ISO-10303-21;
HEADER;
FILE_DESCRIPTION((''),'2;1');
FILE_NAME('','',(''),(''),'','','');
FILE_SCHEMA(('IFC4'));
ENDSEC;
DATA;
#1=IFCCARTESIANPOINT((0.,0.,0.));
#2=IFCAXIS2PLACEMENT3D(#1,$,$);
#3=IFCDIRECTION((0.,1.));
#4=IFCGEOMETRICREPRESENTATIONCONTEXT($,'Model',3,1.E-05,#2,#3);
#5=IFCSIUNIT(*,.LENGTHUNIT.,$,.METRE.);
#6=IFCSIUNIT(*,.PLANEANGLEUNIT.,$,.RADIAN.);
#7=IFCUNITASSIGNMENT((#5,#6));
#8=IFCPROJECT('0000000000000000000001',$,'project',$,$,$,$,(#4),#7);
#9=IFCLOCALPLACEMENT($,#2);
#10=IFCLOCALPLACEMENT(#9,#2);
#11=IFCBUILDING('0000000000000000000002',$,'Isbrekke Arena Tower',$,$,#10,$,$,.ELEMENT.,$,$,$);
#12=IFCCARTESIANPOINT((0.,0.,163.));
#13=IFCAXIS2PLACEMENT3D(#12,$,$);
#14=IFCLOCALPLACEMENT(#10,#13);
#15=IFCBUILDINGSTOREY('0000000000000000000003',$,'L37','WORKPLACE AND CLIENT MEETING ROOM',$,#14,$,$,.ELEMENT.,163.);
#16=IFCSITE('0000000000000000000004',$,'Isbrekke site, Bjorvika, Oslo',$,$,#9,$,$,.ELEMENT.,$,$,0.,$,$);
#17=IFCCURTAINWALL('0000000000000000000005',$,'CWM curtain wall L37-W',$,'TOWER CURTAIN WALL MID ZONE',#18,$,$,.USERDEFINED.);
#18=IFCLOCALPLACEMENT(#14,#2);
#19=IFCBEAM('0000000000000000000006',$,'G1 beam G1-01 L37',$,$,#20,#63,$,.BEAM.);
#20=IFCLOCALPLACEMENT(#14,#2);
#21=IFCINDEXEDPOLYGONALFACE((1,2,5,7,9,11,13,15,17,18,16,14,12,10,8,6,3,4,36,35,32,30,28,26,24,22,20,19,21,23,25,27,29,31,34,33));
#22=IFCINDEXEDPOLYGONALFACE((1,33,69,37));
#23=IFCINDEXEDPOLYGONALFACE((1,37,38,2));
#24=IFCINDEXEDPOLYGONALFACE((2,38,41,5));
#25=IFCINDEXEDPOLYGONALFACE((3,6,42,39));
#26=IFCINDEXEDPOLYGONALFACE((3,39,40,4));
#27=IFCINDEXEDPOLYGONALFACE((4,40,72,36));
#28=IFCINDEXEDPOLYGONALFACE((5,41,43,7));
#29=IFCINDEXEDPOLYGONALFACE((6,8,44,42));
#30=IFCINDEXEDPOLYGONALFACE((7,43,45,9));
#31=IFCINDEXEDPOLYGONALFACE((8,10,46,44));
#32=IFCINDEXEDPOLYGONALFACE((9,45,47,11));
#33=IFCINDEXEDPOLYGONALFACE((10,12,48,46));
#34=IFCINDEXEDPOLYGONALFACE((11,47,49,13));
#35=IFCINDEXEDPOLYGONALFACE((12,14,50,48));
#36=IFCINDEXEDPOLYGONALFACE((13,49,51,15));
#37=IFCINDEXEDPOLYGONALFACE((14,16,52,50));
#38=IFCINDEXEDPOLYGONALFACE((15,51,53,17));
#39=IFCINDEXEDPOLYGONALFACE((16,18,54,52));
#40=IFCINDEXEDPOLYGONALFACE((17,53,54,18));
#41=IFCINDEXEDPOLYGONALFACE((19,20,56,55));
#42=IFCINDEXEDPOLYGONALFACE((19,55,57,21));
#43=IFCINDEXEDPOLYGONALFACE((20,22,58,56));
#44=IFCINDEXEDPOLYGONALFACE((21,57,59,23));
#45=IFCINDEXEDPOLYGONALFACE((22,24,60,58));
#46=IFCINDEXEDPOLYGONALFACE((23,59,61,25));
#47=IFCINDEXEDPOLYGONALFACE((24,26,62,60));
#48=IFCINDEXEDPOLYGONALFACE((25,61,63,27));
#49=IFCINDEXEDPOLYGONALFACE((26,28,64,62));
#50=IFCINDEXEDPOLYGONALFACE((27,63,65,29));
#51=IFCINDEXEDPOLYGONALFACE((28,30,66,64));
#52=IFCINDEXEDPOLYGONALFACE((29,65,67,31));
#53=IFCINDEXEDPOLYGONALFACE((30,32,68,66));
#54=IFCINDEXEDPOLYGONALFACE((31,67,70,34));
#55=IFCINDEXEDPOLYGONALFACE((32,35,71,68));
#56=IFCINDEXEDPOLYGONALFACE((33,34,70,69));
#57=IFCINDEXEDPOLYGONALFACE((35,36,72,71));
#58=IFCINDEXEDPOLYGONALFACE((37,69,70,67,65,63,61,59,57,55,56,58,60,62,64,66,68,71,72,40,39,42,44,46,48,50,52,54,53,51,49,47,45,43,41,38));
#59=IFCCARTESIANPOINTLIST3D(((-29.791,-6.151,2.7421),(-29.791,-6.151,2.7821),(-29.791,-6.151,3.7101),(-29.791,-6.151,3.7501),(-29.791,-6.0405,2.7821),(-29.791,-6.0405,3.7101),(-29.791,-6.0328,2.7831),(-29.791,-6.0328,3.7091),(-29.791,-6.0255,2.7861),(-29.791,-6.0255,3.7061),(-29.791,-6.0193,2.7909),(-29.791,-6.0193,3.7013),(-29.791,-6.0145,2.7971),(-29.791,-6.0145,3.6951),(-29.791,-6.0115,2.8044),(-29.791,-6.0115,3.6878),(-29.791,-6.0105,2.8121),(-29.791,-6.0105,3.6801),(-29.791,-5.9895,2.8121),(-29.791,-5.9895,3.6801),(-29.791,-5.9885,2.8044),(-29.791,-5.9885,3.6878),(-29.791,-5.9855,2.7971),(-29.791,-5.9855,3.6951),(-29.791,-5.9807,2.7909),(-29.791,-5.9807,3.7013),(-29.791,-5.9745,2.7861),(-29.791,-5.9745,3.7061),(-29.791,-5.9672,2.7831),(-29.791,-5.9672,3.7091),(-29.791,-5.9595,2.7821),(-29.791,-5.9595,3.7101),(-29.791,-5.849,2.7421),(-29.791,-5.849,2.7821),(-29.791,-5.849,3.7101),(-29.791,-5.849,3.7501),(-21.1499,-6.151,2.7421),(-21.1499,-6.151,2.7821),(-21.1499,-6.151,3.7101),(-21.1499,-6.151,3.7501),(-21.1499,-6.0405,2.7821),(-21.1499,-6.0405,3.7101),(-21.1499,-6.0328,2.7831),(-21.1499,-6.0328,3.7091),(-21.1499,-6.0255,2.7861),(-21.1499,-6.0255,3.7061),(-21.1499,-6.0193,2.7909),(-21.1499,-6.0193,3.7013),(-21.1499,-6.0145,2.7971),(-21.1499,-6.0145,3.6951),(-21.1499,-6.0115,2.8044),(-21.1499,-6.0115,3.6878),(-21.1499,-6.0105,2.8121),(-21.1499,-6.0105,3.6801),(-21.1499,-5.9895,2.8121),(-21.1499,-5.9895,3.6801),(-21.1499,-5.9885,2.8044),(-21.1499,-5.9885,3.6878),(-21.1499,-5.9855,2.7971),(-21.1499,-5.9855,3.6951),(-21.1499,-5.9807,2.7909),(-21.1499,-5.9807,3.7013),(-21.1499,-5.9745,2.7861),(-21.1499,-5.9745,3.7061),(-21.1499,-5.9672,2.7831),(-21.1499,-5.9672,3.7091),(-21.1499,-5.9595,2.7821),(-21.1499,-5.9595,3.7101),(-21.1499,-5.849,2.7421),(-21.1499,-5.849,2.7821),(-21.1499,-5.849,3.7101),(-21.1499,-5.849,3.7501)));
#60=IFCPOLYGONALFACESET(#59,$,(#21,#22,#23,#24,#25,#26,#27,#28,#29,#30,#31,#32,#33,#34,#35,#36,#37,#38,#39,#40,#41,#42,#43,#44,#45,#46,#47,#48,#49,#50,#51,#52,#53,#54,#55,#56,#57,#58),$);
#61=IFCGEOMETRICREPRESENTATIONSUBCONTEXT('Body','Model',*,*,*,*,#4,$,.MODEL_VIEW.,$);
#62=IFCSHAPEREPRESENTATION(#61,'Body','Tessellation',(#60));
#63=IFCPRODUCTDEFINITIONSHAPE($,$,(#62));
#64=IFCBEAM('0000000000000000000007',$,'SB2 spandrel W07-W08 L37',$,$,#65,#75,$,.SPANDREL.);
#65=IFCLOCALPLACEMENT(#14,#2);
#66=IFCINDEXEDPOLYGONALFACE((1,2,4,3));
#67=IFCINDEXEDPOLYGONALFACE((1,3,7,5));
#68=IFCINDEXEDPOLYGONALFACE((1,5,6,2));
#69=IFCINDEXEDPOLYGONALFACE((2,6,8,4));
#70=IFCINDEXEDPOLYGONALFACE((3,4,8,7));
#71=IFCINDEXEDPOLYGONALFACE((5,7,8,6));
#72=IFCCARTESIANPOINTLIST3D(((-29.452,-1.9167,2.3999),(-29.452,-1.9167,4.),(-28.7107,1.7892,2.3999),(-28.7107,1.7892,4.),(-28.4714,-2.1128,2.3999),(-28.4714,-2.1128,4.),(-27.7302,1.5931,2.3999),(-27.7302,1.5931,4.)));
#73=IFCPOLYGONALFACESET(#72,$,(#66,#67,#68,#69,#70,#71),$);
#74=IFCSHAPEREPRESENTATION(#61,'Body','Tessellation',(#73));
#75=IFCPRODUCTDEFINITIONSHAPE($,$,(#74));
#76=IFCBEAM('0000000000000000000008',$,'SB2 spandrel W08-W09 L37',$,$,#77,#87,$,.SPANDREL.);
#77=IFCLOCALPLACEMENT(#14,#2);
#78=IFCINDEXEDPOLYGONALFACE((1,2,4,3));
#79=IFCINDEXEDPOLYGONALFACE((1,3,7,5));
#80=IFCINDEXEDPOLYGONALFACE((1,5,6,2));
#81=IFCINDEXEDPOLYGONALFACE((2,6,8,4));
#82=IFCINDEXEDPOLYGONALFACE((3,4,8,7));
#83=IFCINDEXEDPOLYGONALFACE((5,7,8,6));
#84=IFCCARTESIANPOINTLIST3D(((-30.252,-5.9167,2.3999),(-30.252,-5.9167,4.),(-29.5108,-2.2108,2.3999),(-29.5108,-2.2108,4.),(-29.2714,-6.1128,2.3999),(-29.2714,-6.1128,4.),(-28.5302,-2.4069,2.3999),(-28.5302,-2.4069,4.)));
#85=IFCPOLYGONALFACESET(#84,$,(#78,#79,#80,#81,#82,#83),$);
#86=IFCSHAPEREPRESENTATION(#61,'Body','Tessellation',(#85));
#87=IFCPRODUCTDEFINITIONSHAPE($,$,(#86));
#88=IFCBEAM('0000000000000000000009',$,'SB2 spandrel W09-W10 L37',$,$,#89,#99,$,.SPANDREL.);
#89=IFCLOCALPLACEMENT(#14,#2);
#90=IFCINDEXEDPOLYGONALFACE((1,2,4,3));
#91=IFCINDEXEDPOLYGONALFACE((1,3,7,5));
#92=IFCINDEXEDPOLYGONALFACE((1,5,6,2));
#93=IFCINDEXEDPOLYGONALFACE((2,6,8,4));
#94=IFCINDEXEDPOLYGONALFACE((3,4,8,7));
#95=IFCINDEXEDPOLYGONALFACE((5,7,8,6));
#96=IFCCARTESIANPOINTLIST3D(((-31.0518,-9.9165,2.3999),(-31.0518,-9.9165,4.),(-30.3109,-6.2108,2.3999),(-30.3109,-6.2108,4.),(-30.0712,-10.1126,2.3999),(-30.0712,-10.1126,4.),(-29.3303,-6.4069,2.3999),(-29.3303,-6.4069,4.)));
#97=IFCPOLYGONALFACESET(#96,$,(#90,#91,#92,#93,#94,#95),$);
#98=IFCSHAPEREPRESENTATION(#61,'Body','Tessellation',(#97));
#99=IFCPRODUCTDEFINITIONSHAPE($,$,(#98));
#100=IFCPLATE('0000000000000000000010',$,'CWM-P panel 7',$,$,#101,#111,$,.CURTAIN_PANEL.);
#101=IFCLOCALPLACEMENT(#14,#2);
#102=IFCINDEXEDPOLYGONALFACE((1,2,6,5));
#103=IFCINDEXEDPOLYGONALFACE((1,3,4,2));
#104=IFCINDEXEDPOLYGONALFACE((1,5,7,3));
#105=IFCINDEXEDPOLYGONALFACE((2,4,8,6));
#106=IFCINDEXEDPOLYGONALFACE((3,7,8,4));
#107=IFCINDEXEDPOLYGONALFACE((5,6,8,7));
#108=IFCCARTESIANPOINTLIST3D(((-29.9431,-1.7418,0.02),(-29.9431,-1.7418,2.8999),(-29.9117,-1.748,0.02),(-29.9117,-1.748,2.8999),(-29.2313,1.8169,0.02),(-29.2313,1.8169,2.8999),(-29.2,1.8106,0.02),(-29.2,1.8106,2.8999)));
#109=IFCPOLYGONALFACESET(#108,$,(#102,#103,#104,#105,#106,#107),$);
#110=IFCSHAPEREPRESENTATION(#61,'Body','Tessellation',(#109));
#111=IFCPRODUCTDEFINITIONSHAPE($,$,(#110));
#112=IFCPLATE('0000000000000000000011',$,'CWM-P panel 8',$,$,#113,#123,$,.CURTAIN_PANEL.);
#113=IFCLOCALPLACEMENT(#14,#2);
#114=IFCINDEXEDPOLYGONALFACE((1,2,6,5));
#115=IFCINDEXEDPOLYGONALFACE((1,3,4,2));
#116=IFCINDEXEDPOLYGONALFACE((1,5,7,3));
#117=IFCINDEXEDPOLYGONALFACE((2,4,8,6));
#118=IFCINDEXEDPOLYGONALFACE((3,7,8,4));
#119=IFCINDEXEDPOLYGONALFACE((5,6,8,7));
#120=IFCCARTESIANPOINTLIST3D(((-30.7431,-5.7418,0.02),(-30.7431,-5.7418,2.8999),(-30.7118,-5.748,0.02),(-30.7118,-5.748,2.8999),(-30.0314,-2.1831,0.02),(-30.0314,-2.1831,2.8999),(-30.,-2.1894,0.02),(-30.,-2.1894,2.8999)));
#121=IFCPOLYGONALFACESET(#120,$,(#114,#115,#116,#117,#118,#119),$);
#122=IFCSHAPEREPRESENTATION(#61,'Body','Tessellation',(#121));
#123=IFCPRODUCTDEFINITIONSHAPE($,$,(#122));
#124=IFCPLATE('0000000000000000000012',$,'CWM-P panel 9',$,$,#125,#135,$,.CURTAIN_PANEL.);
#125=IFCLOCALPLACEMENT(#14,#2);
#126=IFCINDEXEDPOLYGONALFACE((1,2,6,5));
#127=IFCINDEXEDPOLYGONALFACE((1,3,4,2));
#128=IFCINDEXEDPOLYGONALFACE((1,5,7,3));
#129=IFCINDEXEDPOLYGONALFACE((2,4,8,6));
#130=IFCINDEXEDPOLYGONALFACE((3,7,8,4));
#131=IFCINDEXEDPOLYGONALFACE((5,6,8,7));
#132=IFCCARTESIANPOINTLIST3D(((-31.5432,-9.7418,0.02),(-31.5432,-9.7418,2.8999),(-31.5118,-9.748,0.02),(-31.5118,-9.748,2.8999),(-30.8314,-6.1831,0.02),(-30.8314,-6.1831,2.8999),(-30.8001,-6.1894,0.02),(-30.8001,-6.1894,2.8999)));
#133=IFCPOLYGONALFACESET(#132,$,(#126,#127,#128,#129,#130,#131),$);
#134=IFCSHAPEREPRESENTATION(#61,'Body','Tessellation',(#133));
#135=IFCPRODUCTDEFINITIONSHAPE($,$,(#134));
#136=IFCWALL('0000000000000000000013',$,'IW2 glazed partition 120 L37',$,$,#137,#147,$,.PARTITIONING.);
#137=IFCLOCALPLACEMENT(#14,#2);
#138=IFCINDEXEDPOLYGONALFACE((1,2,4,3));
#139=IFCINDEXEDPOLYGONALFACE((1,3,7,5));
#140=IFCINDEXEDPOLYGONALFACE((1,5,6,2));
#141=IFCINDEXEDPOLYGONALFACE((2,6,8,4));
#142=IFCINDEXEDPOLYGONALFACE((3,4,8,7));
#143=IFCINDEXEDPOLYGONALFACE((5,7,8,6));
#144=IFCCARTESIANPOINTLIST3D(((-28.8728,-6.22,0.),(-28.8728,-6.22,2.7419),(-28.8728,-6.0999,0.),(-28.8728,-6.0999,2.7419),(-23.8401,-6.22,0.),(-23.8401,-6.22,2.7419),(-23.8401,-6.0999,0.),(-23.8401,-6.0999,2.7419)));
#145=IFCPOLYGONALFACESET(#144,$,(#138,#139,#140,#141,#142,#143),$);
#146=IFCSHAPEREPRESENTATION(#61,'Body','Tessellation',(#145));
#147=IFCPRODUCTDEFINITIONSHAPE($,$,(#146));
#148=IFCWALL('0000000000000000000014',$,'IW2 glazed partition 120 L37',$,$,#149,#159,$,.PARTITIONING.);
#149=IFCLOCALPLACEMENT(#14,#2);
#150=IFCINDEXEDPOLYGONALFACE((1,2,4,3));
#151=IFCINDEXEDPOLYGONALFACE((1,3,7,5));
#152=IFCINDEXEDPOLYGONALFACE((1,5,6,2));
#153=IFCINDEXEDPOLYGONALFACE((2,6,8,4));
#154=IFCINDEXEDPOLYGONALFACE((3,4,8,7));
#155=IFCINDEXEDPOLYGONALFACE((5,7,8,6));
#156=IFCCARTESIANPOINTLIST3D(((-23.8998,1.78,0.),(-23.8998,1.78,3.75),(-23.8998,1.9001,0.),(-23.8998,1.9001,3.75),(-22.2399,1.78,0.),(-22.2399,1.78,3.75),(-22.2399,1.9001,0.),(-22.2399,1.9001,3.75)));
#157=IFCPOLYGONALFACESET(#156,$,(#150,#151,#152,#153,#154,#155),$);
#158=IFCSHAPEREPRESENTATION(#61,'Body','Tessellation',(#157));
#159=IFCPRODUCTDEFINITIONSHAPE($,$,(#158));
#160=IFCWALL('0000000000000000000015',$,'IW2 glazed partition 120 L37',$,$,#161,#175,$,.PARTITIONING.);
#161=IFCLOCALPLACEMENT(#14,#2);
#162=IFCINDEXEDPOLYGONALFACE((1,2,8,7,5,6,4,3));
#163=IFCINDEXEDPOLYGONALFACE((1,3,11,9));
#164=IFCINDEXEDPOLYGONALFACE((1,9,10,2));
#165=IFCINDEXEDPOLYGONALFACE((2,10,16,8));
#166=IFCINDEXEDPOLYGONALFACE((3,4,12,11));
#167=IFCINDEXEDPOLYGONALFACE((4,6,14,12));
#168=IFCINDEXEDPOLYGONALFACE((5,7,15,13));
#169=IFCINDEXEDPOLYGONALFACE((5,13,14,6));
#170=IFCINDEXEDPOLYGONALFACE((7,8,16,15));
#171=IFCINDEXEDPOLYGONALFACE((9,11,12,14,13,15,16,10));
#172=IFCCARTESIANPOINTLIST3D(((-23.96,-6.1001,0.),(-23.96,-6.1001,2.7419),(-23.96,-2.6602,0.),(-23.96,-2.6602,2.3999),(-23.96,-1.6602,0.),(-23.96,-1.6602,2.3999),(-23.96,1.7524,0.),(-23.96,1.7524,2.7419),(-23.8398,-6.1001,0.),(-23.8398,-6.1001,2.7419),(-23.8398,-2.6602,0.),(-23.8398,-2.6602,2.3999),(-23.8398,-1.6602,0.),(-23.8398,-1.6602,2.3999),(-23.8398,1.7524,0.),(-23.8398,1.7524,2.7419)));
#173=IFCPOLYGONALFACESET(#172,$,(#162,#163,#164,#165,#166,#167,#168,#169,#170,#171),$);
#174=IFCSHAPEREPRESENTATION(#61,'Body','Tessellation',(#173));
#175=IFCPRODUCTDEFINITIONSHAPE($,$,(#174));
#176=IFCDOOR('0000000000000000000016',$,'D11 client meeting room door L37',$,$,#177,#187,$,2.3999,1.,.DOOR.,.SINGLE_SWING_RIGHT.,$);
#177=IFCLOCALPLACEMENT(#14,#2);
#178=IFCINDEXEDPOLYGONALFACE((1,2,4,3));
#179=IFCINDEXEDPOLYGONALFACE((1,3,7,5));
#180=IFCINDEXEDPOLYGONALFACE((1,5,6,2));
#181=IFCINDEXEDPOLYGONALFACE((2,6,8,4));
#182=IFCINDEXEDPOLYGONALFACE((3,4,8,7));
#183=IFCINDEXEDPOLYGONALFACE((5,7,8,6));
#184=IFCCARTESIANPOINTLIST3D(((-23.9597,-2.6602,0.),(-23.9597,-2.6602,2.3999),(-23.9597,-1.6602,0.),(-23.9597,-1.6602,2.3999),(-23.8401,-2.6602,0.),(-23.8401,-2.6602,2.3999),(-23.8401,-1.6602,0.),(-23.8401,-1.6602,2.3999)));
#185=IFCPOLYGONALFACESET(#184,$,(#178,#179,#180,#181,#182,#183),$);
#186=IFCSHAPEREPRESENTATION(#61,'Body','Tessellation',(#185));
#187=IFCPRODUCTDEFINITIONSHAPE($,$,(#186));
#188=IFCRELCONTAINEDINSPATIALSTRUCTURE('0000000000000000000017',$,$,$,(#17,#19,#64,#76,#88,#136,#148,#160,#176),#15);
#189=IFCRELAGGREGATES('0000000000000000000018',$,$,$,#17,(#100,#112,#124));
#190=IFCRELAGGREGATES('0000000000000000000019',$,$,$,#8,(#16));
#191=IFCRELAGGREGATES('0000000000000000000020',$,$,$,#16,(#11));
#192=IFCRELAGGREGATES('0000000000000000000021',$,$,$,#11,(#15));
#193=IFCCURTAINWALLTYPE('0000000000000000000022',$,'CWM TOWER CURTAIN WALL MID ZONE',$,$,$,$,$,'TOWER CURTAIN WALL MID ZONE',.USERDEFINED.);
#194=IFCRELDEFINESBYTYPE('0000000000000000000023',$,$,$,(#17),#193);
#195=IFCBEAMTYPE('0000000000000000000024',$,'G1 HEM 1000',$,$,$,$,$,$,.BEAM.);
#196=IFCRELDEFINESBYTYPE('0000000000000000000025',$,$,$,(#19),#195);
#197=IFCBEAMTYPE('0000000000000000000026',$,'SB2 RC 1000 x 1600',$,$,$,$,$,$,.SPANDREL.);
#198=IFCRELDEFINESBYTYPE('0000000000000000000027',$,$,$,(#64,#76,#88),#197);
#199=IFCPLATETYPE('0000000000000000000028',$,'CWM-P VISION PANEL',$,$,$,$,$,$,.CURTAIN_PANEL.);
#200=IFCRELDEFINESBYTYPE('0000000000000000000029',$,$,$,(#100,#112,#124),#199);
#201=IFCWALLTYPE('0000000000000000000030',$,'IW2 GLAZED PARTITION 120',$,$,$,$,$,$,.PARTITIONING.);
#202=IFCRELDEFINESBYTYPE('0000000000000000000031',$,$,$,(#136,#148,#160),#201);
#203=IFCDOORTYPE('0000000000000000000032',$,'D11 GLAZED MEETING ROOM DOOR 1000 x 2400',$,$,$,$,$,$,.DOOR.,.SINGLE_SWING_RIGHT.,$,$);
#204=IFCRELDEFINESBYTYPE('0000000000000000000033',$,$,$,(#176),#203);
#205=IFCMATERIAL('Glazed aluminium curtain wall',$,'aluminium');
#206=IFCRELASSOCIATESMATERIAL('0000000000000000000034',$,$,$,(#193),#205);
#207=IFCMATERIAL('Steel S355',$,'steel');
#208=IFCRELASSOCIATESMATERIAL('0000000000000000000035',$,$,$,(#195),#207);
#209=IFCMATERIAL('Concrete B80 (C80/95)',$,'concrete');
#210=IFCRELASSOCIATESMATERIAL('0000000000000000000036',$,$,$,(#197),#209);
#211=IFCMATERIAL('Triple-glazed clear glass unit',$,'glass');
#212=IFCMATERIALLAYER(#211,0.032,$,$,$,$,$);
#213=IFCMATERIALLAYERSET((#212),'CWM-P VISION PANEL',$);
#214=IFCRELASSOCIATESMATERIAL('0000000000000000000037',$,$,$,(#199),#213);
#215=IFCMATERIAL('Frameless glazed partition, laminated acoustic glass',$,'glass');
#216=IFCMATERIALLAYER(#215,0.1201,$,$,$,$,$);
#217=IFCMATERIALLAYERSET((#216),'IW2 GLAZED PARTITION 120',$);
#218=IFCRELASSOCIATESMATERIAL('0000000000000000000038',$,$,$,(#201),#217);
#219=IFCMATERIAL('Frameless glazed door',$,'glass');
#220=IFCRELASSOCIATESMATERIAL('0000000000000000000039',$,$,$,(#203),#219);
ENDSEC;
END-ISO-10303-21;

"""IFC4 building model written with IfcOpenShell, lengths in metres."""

from ifc_helpers import new_model, si_unit, direction, frame, frame_2d, origin, origin_2d, place, context, subcontext, project, spatial, rectangle, i_section, extrude, material, layer, layer_set, material_profile, profile_set, type_object, element, fill, aggregate, save


model = new_model("IFC4")

# Units and contexts
model_context = context("Model", 3, precision=1e-05, world=origin(), true_north=direction((0.0, 1.0)))
body_context = subcontext(model_context, "Body", "Model", "MODEL_VIEW")
ifc_project = project(units=[si_unit("LENGTHUNIT", "METRE"), si_unit("PLANEANGLEUNIT", "RADIAN")], contexts=[model_context])

# Site, building, storey
site_placement = place(None, origin())
site = spatial("IfcSite", under=ifc_project, at=site_placement, Name="Isbrekke site, Bjorvika, Oslo", CompositionType="ELEMENT", RefElevation=0.0)
building_placement = place(site_placement, origin())
building = spatial("IfcBuilding", under=site, at=building_placement, Name="Isbrekke Arena Tower", CompositionType="ELEMENT")
storey_placement = place(building_placement, frame((0.0, 0.0, 163.0)))
storey = spatial("IfcBuildingStorey", under=building, at=storey_placement, Name="L37", Description="WORKPLACE AND CLIENT MEETING ROOM", CompositionType="ELEMENT", Elevation=163.0)

# Curtain wall
ifc_material_1 = material(Name="Glazed aluminium curtain wall", Category="aluminium")
curtain_wall_type = type_object("IfcCurtainWallType", Name="CWM TOWER CURTAIN WALL MID ZONE", ElementType="TOWER CURTAIN WALL MID ZONE", PredefinedType="USERDEFINED", material=ifc_material_1)
curtain_wall_placement = place(storey_placement, origin())
curtain_wall = element("IfcCurtainWall", 1, at=curtain_wall_placement, inside=storey, type_object=curtain_wall_type, Name="CWM curtain wall L37-W", ObjectType="TOWER CURTAIN WALL MID ZONE", PredefinedType="USERDEFINED")

# Beams
ifc_material_2 = material(Name="Steel S355", Category="steel")
ifc_material_profile_1 = material_profile(ifc_material_2, i_section(OverallWidth=0.302, OverallDepth=1.0081, WebThickness=0.021, FlangeThickness=0.04, FilletRadius=0.03, at=origin_2d()), Name="HEM 1000")
ifc_profile_set_1 = profile_set([ifc_material_profile_1], Name="Steel S355")
beam_type_1 = type_object("IfcBeamType", Name="G1 HEM 1000", PredefinedType="BEAM", material=ifc_profile_set_1)
beam_1_placement = place(storey_placement, frame((-29.791, -6.0, 3.2461), z_axis=(1.0, 0.0, 0.0), x_axis=(0.0, 1.0, 0.0)))
element("IfcBeam", 2, at=beam_1_placement, inside=storey, type_object=beam_type_1, Name="G1 beam G1-01 L37", PredefinedType="BEAM", context=body_context, shape_type="SweptSolid", body=[
    extrude(i_section(OverallWidth=0.302, OverallDepth=1.0081, WebThickness=0.021, FlangeThickness=0.04, FilletRadius=0.03, at=origin_2d()), origin(), (0.0, 0.0, 1.0), 8.6411),
])
ifc_material_3 = material(Name="Concrete B80 (C80/95)", Category="concrete")
ifc_material_profile_2 = material_profile(ifc_material_3, rectangle(XDim=1.0, YDim=1.6001, at=origin_2d()), Name="RC 1000x1600")
ifc_profile_set_2 = profile_set([ifc_material_profile_2], Name="Concrete B80 (C80/95)")
beam_type_2 = type_object("IfcBeamType", Name="SB2 RC 1000 x 1600", PredefinedType="SPANDREL", material=ifc_profile_set_2)
for number, where, z_axis, x_axis, name in (
    (3, (-28.2205, 1.6912, 3.2), (-0.196129, -0.980578, 0.0), (0.980578, -0.196129, 0.0), "SB2 spandrel W07-W08 L37"),
    (4, (-29.0205, -2.3088, 3.2), (-0.196129, -0.980578, 0.0), (0.980578, -0.196129, 0.0), "SB2 spandrel W08-W09 L37"),
):
    element("IfcBeam", number, at=place(storey_placement, frame(where, z_axis=z_axis, x_axis=x_axis)), inside=storey, type_object=beam_type_2, Name=name, PredefinedType="SPANDREL", context=body_context, shape_type="SweptSolid", body=[
        extrude(rectangle(XDim=1.0, YDim=1.6001, at=origin_2d()), origin(), (0.0, 0.0, 1.0), 3.7793),
    ])
beam_2_placement = place(storey_placement, frame((-29.8206, -6.3088, 3.2), z_axis=(-0.196066, -0.980591, 0.0), x_axis=(0.980591, -0.196066, 0.0)))
element("IfcBeam", 5, at=beam_2_placement, inside=storey, type_object=beam_type_2, Name="SB2 spandrel W09-W10 L37", PredefinedType="SPANDREL", context=body_context, shape_type="SweptSolid", body=[
    extrude(rectangle(XDim=1.0, YDim=1.6001, at=origin_2d()), origin(), (0.0, 0.0, 1.0), 3.7791),
])

# Plates
ifc_material_4 = material(Name="Triple-glazed clear glass unit", Category="glass")
ifc_layer_1 = layer(ifc_material_4, 0.032)
ifc_layer_set_1 = layer_set([ifc_layer_1], Name="CWM-P VISION PANEL")
plate_type = type_object("IfcPlateType", Name="CWM-P VISION PANEL", PredefinedType="CURTAIN_PANEL", material=ifc_layer_set_1)
plate_1_placement = place(storey_placement, frame((-29.5715, 0.0344, 0.02), z_axis=(0.0, 0.0, 1.0), x_axis=(-0.196116, -0.980581, 0.0)))
plate_1 = element("IfcPlate", 6, at=plate_1_placement, type_object=plate_type, Name="CWM-P panel 7", PredefinedType="CURTAIN_PANEL", context=body_context, shape_type="SweptSolid", body=[
    extrude(rectangle(XDim=3.6292, YDim=0.032, at=origin_2d()), origin(), (0.0, 0.0, 1.0), 2.8799),
])
plate_2_placement = place(storey_placement, frame((-30.3716, -3.9656, 0.02), z_axis=(0.0, 0.0, 1.0), x_axis=(-0.196116, -0.980581, 0.0)))
plate_2 = element("IfcPlate", 7, at=plate_2_placement, type_object=plate_type, Name="CWM-P panel 8", PredefinedType="CURTAIN_PANEL", context=body_context, shape_type="SweptSolid", body=[
    extrude(rectangle(XDim=3.6292, YDim=0.032, at=origin_2d()), origin(), (0.0, 0.0, 1.0), 2.8799),
])
plate_3_placement = place(storey_placement, frame((-31.1716, -7.9656, 0.02), z_axis=(0.0, 0.0, 1.0), x_axis=(-0.196116, -0.980581, 0.0)))
plate_3 = element("IfcPlate", 8, at=plate_3_placement, type_object=plate_type, Name="CWM-P panel 9", PredefinedType="CURTAIN_PANEL", context=body_context, shape_type="SweptSolid", body=[
    extrude(rectangle(XDim=3.6292, YDim=0.032, at=origin_2d()), origin(), (0.0, 0.0, 1.0), 2.8799),
])
aggregate(curtain_wall, [plate_1, plate_2, plate_3])

# Walls
ifc_material_5 = material(Name="Frameless glazed partition, laminated acoustic glass", Category="glass")
ifc_layer_2 = layer(ifc_material_5, 0.1201)
ifc_layer_set_2 = layer_set([ifc_layer_2], Name="IW2 GLAZED PARTITION 120")
wall_type_1 = type_object("IfcWallType", Name="IW2 GLAZED PARTITION 120", PredefinedType="PARTITIONING", material=ifc_layer_set_2)
wall_1_placement = place(storey_placement, frame((-28.8728, -6.1599, 0.0), z_axis=(0.0, 0.0, 1.0), x_axis=(1.0, 0.0, 0.0)))
element("IfcWall", 9, at=wall_1_placement, inside=storey, type_object=wall_type_1, Name="IW2 glazed partition 120 L37", PredefinedType="PARTITIONING", context=body_context, shape_type="SweptSolid", body=[
    extrude(rectangle(XDim=5.0327, YDim=0.1201, at=frame_2d((2.5164, 0.0))), origin(), (0.0, 0.0, 1.0), 2.7419),
])
wall_2_placement = place(storey_placement, frame((-23.8999, 1.8401, 0.0), z_axis=(0.0, 0.0, 1.0), x_axis=(1.0, 0.0, 0.0)))
element("IfcWall", 10, at=wall_2_placement, inside=storey, type_object=wall_type_1, Name="IW2 glazed partition 120 L37", PredefinedType="PARTITIONING", context=body_context, shape_type="SweptSolid", body=[
    extrude(rectangle(XDim=1.6599, YDim=0.1201, at=frame_2d((0.8301, 0.0))), origin(), (0.0, 0.0, 1.0), 3.75),
])

# Wall, opening, door
wall_3_placement = place(storey_placement, frame((-23.8999, -6.1001, 0.0), z_axis=(0.0, 0.0, 1.0), x_axis=(0.0, 1.0, 0.0)))
wall_3 = element("IfcWall", 11, at=wall_3_placement, inside=storey, type_object=wall_type_1, Name="IW2 glazed partition 120 L37", PredefinedType="PARTITIONING", context=body_context, shape_type="SweptSolid", body=[
    extrude(rectangle(XDim=7.8525, YDim=0.1201, at=frame_2d((3.9263, 0.0))), origin(), (0.0, 0.0, 1.0), 2.7419),
])
opening_1_placement = place(wall_3_placement, frame((3.4399, 0.0, 0.0)))
opening_1 = element("IfcOpeningElement", 12, at=opening_1_placement, cuts=wall_3, PredefinedType="OPENING", context=body_context, shape_type="SweptSolid", body=[
    extrude(rectangle(XDim=1.0, YDim=2.3999, at=frame_2d((0.5, 1.2))), frame((0.0, 0.075, 0.0), z_axis=(0.0, -1.0, 0.0), x_axis=(1.0, 0.0, 0.0)), (0.0, 0.0, 1.0), 0.1499),
])
ifc_material_6 = material(Name="Frameless glazed door", Category="glass")
door_type = type_object("IfcDoorType", Name="D11 GLAZED MEETING ROOM DOOR 1000 x 2400", OperationType="SINGLE_SWING_RIGHT", PredefinedType="DOOR", material=ifc_material_6)
door_1_placement = place(opening_1_placement, origin())
door_1 = element("IfcDoor", 13, at=door_1_placement, inside=storey, type_object=door_type, Name="D11 client meeting room door L37", OperationType="SINGLE_SWING_RIGHT", OverallHeight=2.3999, OverallWidth=1.0, PredefinedType="DOOR", context=body_context, shape_type="SweptSolid", body=[
    extrude(rectangle(XDim=1.0, YDim=2.3999, at=frame_2d((0.5, 1.2))), frame((0.0, 0.0598, 0.0), z_axis=(0.0, -1.0, 0.0), x_axis=(1.0, 0.0, 0.0)), (0.0, 0.0, 1.0), 0.1196),
])
fill(opening_1, door_1)

save(model, "model.ifc")
